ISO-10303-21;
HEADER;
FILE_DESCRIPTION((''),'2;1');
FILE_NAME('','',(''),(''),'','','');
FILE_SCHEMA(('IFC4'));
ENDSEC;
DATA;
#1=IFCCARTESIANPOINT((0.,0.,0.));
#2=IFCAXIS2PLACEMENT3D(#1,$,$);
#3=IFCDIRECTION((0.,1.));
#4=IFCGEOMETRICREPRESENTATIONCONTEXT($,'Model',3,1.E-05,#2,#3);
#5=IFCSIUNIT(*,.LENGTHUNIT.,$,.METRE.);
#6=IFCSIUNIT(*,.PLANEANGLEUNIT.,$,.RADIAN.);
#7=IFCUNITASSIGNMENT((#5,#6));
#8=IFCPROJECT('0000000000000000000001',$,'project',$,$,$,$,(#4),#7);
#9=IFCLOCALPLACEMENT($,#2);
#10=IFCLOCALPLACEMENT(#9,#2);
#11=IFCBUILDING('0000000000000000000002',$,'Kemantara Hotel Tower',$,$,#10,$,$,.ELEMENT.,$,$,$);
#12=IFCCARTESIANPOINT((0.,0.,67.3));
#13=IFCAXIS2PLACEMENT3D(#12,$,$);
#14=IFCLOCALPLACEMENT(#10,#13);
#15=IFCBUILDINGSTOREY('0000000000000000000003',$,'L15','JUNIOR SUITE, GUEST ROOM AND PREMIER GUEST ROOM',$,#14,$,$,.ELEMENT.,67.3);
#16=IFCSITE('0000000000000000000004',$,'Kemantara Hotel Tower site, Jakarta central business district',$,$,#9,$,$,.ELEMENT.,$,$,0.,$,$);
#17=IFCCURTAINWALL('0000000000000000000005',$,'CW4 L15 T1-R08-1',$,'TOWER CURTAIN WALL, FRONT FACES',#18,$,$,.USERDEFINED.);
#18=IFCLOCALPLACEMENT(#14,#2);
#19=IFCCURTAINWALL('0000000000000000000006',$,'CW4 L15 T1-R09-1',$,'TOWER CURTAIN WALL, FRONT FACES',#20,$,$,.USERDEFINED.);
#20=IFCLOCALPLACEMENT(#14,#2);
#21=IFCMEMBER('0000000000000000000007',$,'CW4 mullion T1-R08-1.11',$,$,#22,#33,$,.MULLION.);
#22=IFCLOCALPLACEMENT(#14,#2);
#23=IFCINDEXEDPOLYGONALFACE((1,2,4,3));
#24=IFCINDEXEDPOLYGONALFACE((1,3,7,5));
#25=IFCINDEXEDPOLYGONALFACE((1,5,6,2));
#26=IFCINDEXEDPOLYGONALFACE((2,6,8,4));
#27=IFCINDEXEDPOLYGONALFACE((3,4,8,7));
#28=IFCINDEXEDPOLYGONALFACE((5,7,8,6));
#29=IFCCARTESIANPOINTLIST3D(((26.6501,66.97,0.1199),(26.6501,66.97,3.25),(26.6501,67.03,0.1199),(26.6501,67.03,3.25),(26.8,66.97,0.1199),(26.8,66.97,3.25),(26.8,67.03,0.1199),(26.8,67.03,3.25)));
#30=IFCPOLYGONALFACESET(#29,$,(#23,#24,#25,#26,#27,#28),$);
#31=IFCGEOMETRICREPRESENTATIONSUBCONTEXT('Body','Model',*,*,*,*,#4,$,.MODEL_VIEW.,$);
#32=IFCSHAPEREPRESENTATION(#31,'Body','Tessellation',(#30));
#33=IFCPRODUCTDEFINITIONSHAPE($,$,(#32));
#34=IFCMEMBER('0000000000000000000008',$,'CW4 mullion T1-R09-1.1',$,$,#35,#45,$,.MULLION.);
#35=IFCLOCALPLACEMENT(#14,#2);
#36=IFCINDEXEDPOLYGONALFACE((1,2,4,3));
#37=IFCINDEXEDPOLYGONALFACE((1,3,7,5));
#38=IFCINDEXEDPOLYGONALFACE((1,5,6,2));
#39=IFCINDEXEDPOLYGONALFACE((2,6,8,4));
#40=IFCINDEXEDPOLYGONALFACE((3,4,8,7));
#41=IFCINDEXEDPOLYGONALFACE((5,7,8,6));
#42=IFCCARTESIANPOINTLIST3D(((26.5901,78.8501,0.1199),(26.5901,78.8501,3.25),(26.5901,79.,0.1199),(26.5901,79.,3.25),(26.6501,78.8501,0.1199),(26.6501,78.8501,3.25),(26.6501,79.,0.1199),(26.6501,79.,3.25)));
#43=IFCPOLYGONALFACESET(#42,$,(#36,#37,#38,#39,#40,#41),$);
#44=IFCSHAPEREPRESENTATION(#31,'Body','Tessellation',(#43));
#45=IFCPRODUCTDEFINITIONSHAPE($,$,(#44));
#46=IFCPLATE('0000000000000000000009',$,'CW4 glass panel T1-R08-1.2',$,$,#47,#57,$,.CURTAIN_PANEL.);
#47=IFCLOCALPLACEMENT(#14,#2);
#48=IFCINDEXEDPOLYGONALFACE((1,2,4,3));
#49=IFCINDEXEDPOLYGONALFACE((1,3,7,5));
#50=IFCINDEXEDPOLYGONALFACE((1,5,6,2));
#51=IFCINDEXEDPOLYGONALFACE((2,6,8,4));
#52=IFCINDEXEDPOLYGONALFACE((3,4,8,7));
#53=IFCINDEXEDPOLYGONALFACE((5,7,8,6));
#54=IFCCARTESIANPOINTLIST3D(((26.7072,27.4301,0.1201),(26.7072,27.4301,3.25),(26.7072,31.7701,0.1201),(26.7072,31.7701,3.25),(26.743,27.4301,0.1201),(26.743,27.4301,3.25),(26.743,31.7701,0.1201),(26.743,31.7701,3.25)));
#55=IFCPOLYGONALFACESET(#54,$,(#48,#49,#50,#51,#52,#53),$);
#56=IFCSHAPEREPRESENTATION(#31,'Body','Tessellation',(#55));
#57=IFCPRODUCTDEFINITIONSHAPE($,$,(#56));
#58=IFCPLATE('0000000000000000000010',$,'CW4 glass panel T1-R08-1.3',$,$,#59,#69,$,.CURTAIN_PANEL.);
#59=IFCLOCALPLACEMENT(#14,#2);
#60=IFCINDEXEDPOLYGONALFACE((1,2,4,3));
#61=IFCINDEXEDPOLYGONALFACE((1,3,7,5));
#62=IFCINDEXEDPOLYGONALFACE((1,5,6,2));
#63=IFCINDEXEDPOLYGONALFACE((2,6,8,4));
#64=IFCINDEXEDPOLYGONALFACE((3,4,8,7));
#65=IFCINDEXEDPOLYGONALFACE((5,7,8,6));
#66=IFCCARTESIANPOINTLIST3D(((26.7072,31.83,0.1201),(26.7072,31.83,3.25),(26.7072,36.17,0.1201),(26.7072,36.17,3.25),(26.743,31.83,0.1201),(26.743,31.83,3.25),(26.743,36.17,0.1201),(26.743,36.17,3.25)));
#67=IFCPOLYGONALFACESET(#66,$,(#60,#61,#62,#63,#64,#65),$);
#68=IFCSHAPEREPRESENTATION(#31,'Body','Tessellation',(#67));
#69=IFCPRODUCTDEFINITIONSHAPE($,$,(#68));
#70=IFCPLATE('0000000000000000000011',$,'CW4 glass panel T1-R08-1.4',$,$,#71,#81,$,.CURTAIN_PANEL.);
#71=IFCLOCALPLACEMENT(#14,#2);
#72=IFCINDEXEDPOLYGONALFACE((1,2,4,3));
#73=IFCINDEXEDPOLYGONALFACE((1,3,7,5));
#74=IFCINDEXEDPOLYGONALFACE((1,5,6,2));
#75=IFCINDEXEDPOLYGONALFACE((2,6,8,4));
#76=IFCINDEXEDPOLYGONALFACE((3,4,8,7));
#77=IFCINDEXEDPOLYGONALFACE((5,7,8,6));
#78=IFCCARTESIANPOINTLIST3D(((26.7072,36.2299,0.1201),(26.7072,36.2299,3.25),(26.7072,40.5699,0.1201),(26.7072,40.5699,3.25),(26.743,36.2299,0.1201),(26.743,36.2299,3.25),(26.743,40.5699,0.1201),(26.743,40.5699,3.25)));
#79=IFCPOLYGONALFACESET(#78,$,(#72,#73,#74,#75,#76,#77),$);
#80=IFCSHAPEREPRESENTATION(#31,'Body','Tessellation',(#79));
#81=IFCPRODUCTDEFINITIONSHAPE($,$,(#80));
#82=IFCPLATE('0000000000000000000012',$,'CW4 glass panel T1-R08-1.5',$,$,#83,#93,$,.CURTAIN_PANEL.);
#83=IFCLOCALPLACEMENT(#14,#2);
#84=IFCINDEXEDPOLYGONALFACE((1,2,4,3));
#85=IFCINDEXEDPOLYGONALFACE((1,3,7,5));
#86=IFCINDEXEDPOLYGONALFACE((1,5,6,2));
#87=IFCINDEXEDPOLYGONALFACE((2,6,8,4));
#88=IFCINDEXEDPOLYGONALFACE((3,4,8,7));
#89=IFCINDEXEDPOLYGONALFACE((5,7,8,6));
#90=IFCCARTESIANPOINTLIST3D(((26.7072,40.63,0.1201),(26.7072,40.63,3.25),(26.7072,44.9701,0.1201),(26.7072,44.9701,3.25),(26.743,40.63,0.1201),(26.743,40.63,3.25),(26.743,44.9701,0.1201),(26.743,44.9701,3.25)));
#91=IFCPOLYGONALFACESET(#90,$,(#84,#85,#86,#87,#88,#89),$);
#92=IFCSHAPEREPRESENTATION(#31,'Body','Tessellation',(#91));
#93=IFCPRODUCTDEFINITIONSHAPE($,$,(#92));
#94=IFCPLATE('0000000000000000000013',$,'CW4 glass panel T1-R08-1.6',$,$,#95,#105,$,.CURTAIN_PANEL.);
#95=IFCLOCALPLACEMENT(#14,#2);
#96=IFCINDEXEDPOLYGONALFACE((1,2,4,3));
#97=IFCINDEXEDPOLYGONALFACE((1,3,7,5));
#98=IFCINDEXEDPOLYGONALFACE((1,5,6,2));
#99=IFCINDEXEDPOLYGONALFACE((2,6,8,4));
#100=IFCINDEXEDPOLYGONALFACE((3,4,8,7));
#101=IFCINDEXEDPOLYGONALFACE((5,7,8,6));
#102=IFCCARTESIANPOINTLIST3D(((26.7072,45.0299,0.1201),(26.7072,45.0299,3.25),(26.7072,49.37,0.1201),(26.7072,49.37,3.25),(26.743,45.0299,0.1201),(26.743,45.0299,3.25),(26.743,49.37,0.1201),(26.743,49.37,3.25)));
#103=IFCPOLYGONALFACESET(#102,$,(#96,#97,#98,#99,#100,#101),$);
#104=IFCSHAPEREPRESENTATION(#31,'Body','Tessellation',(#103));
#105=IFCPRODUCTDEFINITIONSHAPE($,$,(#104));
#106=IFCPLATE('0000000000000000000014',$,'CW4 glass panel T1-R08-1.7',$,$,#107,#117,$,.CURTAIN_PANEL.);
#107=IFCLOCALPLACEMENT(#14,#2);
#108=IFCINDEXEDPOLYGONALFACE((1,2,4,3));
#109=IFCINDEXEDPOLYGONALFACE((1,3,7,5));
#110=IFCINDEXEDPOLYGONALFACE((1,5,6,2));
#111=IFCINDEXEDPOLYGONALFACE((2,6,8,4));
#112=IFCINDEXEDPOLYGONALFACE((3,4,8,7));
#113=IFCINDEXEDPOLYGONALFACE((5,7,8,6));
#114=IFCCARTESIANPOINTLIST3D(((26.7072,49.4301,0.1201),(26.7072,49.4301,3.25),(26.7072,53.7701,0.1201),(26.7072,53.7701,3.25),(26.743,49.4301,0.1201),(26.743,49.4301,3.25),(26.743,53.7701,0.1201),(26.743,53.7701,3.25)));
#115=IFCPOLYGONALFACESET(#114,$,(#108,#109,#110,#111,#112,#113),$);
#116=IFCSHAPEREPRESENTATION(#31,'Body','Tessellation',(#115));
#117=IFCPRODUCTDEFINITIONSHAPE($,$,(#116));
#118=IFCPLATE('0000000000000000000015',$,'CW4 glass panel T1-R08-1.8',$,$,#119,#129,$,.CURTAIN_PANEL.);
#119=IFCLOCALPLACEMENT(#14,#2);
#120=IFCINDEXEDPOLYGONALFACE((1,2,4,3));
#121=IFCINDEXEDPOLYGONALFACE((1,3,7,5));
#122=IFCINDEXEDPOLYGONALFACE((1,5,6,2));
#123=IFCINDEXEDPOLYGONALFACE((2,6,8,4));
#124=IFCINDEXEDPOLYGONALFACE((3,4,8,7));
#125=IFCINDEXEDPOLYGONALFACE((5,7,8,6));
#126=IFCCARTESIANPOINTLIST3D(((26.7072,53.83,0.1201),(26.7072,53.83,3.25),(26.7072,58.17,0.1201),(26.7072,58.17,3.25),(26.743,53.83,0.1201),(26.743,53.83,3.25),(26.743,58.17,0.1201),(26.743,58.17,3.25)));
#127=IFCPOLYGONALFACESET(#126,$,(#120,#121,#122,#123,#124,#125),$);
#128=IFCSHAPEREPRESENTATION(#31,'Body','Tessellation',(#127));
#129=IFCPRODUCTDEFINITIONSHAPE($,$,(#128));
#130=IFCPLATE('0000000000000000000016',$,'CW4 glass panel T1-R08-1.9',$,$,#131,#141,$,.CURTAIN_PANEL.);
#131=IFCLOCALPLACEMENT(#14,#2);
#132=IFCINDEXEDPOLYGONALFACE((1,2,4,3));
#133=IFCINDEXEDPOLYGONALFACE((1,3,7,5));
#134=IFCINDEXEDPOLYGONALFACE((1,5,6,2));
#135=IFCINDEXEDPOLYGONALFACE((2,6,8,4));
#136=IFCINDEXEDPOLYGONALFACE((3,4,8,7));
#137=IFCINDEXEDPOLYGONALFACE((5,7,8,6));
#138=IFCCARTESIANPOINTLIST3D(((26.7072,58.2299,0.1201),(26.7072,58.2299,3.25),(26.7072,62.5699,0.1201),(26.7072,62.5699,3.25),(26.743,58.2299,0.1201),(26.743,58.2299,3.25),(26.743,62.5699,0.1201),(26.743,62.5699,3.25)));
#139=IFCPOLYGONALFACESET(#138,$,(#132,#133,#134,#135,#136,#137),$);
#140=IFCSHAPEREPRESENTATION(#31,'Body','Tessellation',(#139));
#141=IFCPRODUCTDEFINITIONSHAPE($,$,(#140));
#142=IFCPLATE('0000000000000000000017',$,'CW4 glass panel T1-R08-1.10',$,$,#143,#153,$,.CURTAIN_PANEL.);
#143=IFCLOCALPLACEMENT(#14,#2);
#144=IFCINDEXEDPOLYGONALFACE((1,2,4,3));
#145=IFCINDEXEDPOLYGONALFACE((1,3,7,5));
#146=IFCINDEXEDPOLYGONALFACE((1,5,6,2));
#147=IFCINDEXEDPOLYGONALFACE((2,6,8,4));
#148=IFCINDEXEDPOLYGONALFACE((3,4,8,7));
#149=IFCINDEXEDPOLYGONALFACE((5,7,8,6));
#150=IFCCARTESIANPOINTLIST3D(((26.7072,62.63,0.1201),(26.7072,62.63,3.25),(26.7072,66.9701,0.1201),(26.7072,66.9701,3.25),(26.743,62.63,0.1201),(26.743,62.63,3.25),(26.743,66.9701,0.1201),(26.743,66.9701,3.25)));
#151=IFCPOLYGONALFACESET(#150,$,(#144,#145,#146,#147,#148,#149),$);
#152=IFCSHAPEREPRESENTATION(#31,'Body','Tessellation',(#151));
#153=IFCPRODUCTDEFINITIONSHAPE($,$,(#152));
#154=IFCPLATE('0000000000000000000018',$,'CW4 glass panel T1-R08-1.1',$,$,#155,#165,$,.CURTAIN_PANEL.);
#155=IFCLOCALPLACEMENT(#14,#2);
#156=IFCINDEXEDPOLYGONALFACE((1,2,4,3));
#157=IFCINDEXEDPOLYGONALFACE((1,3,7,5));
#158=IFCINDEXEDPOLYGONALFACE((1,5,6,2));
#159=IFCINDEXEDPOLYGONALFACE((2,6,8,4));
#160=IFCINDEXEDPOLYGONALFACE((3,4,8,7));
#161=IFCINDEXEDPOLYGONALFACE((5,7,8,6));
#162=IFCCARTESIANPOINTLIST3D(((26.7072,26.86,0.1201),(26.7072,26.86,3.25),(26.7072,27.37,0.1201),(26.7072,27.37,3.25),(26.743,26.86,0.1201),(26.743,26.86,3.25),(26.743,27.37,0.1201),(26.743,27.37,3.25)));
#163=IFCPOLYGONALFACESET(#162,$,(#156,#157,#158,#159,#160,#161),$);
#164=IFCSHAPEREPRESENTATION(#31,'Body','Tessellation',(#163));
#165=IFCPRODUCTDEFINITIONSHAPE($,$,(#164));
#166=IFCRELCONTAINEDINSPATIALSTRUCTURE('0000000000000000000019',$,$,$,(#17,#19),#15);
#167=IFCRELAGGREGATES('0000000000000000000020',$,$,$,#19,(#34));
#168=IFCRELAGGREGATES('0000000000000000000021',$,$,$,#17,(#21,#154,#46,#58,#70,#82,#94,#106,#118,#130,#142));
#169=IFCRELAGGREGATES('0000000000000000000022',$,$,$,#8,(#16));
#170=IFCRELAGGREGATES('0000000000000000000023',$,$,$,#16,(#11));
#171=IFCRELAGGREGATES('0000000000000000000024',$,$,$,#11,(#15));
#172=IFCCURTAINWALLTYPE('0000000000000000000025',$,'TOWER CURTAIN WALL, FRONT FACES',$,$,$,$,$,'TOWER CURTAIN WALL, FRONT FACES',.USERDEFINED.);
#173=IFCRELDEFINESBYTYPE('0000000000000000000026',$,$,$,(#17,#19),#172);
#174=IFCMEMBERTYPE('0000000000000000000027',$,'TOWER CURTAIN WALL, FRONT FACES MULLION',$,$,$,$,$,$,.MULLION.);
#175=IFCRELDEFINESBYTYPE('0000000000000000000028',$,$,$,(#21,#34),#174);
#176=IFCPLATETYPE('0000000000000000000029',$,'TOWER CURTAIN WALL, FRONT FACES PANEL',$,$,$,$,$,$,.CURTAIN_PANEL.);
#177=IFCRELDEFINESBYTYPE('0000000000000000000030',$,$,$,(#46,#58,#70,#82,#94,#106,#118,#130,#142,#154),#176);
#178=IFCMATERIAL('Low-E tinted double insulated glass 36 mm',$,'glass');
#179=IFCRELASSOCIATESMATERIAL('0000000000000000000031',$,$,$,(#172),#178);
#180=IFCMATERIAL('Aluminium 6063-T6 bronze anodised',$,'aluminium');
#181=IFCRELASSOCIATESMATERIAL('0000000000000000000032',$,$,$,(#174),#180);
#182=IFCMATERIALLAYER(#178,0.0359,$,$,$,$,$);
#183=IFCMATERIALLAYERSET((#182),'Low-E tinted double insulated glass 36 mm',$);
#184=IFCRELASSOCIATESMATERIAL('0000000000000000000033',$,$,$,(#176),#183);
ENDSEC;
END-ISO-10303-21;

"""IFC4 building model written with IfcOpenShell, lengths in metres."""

from ifc_helpers import new_model, si_unit, direction, frame, origin, origin_2d, place, context, subcontext, project, spatial, rectangle, extrude, source, transform, mapped, material, layer, layer_set, material_profile, profile_set, type_object, element, aggregate, save


model = new_model("IFC4")

# Units and contexts
model_context = context("Model", 3, precision=1e-05, world=origin(), true_north=direction((0.0, 1.0)))
body_context = subcontext(model_context, "Body", "Model", "MODEL_VIEW")
ifc_project = project(units=[si_unit("LENGTHUNIT", "METRE"), si_unit("PLANEANGLEUNIT", "RADIAN")], contexts=[model_context])

# Site, building, storey
site_placement = place(None, origin())
site = spatial("IfcSite", under=ifc_project, at=site_placement, Name="Kemantara Hotel Tower site, Jakarta central business district", CompositionType="ELEMENT", RefElevation=0.0)
building_placement = place(site_placement, origin())
building = spatial("IfcBuilding", under=site, at=building_placement, Name="Kemantara Hotel Tower", CompositionType="ELEMENT")
storey_placement = place(building_placement, frame((0.0, 0.0, 67.3)))
storey = spatial("IfcBuildingStorey", under=building, at=storey_placement, Name="L15", Description="JUNIOR SUITE, GUEST ROOM AND PREMIER GUEST ROOM", CompositionType="ELEMENT", Elevation=67.3)

# Curtain walls
ifc_material_1 = material(Name="Low-E tinted double insulated glass 36 mm", Category="glass")
curtain_wall_type = type_object("IfcCurtainWallType", Name="TOWER CURTAIN WALL, FRONT FACES", ElementType="TOWER CURTAIN WALL, FRONT FACES", PredefinedType="USERDEFINED", material=ifc_material_1)
curtain_wall_1_placement = place(storey_placement, origin())
curtain_wall_1 = element("IfcCurtainWall", 1, at=curtain_wall_1_placement, inside=storey, type_object=curtain_wall_type, Name="CW4 L15 T1-R08-1", ObjectType="TOWER CURTAIN WALL, FRONT FACES", PredefinedType="USERDEFINED")
ifc_material_2 = material(Name="Aluminium 6063-T6 bronze anodised", Category="aluminium")
curtain_wall_2_placement = place(storey_placement, origin())
curtain_wall_2 = element("IfcCurtainWall", 2, at=curtain_wall_2_placement, inside=storey, type_object=curtain_wall_type, Name="CW4 L15 T1-R09-1", ObjectType="TOWER CURTAIN WALL, FRONT FACES", PredefinedType="USERDEFINED")

# Members
ifc_material_profile_1 = material_profile(ifc_material_2, rectangle(XDim=0.1499, YDim=0.0601, at=origin_2d()), Name="TOWER CURTAIN WALL, FRONT FACES MULLION")
ifc_profile_set_1 = profile_set([ifc_material_profile_1], Name="Aluminium 6063-T6 bronze anodised")
member_type_1 = type_object("IfcMemberType", Name="TOWER CURTAIN WALL, FRONT FACES MULLION", PredefinedType="MULLION", material=ifc_profile_set_1)
shared_shape_1 = source(origin(), body_context, "Body", "SweptSolid", [
    extrude(rectangle(XDim=0.1499, YDim=0.0601, at=origin_2d()), origin(), (0.0, 0.0, 1.0), 3.1301),
])
member_1_placement = place(storey_placement, frame((26.7251, 67.0, 0.1199), z_axis=(0.0, 0.0, 1.0), x_axis=(-1.0, 0.0, 0.0)))
member_1 = element("IfcMember", 3, at=member_1_placement, type_object=member_type_1, Name="CW4 mullion T1-R08-1.11", PredefinedType="MULLION", context=body_context, shape_type="MappedRepresentation", body=[
    mapped(shared_shape_1, transform((0.0, 0.0, 0.0))),
])
member_2_placement = place(storey_placement, frame((26.6201, 78.925, 0.1199), z_axis=(0.0, 0.0, 1.0), x_axis=(0.0, -1.0, 0.0)))
member_2 = element("IfcMember", 4, at=member_2_placement, type_object=member_type_1, Name="CW4 mullion T1-R09-1.1", PredefinedType="MULLION", context=body_context, shape_type="MappedRepresentation", body=[
    mapped(shared_shape_1, transform((0.0, 0.0, 0.0))),
])
aggregate(curtain_wall_2, [member_2])

# Plates
ifc_layer = layer(ifc_material_1, 0.0359)
ifc_layer_set = layer_set([ifc_layer], Name="Low-E tinted double insulated glass 36 mm")
plate_type = type_object("IfcPlateType", Name="TOWER CURTAIN WALL, FRONT FACES PANEL", PredefinedType="CURTAIN_PANEL", material=ifc_layer_set)
shared_shape_2 = source(origin(), body_context, "Body", "SweptSolid", [
    extrude(rectangle(XDim=4.3401, YDim=0.0359, at=origin_2d()), origin(), (0.0, 0.0, 1.0), 3.1299),
])
plate_1_placement = place(storey_placement, frame((26.7251, 29.6001, 0.1201), z_axis=(0.0, 0.0, 1.0), x_axis=(0.0, 1.0, 0.0)))
plate_1 = element("IfcPlate", 5, at=plate_1_placement, type_object=plate_type, Name="CW4 glass panel T1-R08-1.2", PredefinedType="CURTAIN_PANEL", context=body_context, shape_type="MappedRepresentation", body=[
    mapped(shared_shape_2, transform((0.0, 0.0, 0.0))),
])
plate_2_placement = place(storey_placement, frame((26.7251, 34.0, 0.1201), z_axis=(0.0, 0.0, 1.0), x_axis=(0.0, 1.0, 0.0)))
plate_2 = element("IfcPlate", 6, at=plate_2_placement, type_object=plate_type, Name="CW4 glass panel T1-R08-1.3", PredefinedType="CURTAIN_PANEL", context=body_context, shape_type="MappedRepresentation", body=[
    mapped(shared_shape_2, transform((0.0, 0.0, 0.0))),
])
plate_3_placement = place(storey_placement, frame((26.7251, 38.3999, 0.1201), z_axis=(0.0, 0.0, 1.0), x_axis=(0.0, 1.0, 0.0)))
plate_3 = element("IfcPlate", 7, at=plate_3_placement, type_object=plate_type, Name="CW4 glass panel T1-R08-1.4", PredefinedType="CURTAIN_PANEL", context=body_context, shape_type="MappedRepresentation", body=[
    mapped(shared_shape_2, transform((0.0, 0.0, 0.0))),
])
plate_4_placement = place(storey_placement, frame((26.7251, 42.8, 0.1201), z_axis=(0.0, 0.0, 1.0), x_axis=(0.0, 1.0, 0.0)))
plate_4 = element("IfcPlate", 8, at=plate_4_placement, type_object=plate_type, Name="CW4 glass panel T1-R08-1.5", PredefinedType="CURTAIN_PANEL", context=body_context, shape_type="MappedRepresentation", body=[
    mapped(shared_shape_2, transform((0.0, 0.0, 0.0))),
])
plate_5_placement = place(storey_placement, frame((26.7251, 47.2, 0.1201), z_axis=(0.0, 0.0, 1.0), x_axis=(0.0, 1.0, 0.0)))
plate_5 = element("IfcPlate", 9, at=plate_5_placement, type_object=plate_type, Name="CW4 glass panel T1-R08-1.6", PredefinedType="CURTAIN_PANEL", context=body_context, shape_type="MappedRepresentation", body=[
    mapped(shared_shape_2, transform((0.0, 0.0, 0.0))),
])
plate_6_placement = place(storey_placement, frame((26.7251, 51.6001, 0.1201), z_axis=(0.0, 0.0, 1.0), x_axis=(0.0, 1.0, 0.0)))
plate_6 = element("IfcPlate", 10, at=plate_6_placement, type_object=plate_type, Name="CW4 glass panel T1-R08-1.7", PredefinedType="CURTAIN_PANEL", context=body_context, shape_type="MappedRepresentation", body=[
    mapped(shared_shape_2, transform((0.0, 0.0, 0.0))),
])
plate_7_placement = place(storey_placement, frame((26.7251, 56.0, 0.1201), z_axis=(0.0, 0.0, 1.0), x_axis=(0.0, 1.0, 0.0)))
plate_7 = element("IfcPlate", 11, at=plate_7_placement, type_object=plate_type, Name="CW4 glass panel T1-R08-1.8", PredefinedType="CURTAIN_PANEL", context=body_context, shape_type="MappedRepresentation", body=[
    mapped(shared_shape_2, transform((0.0, 0.0, 0.0))),
])
plate_8_placement = place(storey_placement, frame((26.7251, 60.3999, 0.1201), z_axis=(0.0, 0.0, 1.0), x_axis=(0.0, 1.0, 0.0)))
plate_8 = element("IfcPlate", 12, at=plate_8_placement, type_object=plate_type, Name="CW4 glass panel T1-R08-1.9", PredefinedType="CURTAIN_PANEL", context=body_context, shape_type="MappedRepresentation", body=[
    mapped(shared_shape_2, transform((0.0, 0.0, 0.0))),
])
plate_9_placement = place(storey_placement, frame((26.7251, 64.8, 0.1201), z_axis=(0.0, 0.0, 1.0), x_axis=(0.0, 1.0, 0.0)))
plate_9 = element("IfcPlate", 13, at=plate_9_placement, type_object=plate_type, Name="CW4 glass panel T1-R08-1.10", PredefinedType="CURTAIN_PANEL", context=body_context, shape_type="MappedRepresentation", body=[
    mapped(shared_shape_2, transform((0.0, 0.0, 0.0))),
])
shared_shape_3 = source(origin(), body_context, "Body", "SweptSolid", [
    extrude(rectangle(XDim=0.51, YDim=0.0359, at=origin_2d()), origin(), (0.0, 0.0, 1.0), 3.1299),
])
plate_10_placement = place(storey_placement, frame((26.7251, 27.115, 0.1201), z_axis=(0.0, 0.0, 1.0), x_axis=(0.0, 1.0, 0.0)))
plate_10 = element("IfcPlate", 14, at=plate_10_placement, type_object=plate_type, Name="CW4 glass panel T1-R08-1.1", PredefinedType="CURTAIN_PANEL", context=body_context, shape_type="MappedRepresentation", body=[
    mapped(shared_shape_3, transform((0.0, 0.0, 0.0))),
])
aggregate(curtain_wall_1, [member_1, plate_10, plate_1, plate_2, plate_3, plate_4, plate_5, plate_6, plate_7, plate_8, plate_9])

save(model, "model.ifc")
